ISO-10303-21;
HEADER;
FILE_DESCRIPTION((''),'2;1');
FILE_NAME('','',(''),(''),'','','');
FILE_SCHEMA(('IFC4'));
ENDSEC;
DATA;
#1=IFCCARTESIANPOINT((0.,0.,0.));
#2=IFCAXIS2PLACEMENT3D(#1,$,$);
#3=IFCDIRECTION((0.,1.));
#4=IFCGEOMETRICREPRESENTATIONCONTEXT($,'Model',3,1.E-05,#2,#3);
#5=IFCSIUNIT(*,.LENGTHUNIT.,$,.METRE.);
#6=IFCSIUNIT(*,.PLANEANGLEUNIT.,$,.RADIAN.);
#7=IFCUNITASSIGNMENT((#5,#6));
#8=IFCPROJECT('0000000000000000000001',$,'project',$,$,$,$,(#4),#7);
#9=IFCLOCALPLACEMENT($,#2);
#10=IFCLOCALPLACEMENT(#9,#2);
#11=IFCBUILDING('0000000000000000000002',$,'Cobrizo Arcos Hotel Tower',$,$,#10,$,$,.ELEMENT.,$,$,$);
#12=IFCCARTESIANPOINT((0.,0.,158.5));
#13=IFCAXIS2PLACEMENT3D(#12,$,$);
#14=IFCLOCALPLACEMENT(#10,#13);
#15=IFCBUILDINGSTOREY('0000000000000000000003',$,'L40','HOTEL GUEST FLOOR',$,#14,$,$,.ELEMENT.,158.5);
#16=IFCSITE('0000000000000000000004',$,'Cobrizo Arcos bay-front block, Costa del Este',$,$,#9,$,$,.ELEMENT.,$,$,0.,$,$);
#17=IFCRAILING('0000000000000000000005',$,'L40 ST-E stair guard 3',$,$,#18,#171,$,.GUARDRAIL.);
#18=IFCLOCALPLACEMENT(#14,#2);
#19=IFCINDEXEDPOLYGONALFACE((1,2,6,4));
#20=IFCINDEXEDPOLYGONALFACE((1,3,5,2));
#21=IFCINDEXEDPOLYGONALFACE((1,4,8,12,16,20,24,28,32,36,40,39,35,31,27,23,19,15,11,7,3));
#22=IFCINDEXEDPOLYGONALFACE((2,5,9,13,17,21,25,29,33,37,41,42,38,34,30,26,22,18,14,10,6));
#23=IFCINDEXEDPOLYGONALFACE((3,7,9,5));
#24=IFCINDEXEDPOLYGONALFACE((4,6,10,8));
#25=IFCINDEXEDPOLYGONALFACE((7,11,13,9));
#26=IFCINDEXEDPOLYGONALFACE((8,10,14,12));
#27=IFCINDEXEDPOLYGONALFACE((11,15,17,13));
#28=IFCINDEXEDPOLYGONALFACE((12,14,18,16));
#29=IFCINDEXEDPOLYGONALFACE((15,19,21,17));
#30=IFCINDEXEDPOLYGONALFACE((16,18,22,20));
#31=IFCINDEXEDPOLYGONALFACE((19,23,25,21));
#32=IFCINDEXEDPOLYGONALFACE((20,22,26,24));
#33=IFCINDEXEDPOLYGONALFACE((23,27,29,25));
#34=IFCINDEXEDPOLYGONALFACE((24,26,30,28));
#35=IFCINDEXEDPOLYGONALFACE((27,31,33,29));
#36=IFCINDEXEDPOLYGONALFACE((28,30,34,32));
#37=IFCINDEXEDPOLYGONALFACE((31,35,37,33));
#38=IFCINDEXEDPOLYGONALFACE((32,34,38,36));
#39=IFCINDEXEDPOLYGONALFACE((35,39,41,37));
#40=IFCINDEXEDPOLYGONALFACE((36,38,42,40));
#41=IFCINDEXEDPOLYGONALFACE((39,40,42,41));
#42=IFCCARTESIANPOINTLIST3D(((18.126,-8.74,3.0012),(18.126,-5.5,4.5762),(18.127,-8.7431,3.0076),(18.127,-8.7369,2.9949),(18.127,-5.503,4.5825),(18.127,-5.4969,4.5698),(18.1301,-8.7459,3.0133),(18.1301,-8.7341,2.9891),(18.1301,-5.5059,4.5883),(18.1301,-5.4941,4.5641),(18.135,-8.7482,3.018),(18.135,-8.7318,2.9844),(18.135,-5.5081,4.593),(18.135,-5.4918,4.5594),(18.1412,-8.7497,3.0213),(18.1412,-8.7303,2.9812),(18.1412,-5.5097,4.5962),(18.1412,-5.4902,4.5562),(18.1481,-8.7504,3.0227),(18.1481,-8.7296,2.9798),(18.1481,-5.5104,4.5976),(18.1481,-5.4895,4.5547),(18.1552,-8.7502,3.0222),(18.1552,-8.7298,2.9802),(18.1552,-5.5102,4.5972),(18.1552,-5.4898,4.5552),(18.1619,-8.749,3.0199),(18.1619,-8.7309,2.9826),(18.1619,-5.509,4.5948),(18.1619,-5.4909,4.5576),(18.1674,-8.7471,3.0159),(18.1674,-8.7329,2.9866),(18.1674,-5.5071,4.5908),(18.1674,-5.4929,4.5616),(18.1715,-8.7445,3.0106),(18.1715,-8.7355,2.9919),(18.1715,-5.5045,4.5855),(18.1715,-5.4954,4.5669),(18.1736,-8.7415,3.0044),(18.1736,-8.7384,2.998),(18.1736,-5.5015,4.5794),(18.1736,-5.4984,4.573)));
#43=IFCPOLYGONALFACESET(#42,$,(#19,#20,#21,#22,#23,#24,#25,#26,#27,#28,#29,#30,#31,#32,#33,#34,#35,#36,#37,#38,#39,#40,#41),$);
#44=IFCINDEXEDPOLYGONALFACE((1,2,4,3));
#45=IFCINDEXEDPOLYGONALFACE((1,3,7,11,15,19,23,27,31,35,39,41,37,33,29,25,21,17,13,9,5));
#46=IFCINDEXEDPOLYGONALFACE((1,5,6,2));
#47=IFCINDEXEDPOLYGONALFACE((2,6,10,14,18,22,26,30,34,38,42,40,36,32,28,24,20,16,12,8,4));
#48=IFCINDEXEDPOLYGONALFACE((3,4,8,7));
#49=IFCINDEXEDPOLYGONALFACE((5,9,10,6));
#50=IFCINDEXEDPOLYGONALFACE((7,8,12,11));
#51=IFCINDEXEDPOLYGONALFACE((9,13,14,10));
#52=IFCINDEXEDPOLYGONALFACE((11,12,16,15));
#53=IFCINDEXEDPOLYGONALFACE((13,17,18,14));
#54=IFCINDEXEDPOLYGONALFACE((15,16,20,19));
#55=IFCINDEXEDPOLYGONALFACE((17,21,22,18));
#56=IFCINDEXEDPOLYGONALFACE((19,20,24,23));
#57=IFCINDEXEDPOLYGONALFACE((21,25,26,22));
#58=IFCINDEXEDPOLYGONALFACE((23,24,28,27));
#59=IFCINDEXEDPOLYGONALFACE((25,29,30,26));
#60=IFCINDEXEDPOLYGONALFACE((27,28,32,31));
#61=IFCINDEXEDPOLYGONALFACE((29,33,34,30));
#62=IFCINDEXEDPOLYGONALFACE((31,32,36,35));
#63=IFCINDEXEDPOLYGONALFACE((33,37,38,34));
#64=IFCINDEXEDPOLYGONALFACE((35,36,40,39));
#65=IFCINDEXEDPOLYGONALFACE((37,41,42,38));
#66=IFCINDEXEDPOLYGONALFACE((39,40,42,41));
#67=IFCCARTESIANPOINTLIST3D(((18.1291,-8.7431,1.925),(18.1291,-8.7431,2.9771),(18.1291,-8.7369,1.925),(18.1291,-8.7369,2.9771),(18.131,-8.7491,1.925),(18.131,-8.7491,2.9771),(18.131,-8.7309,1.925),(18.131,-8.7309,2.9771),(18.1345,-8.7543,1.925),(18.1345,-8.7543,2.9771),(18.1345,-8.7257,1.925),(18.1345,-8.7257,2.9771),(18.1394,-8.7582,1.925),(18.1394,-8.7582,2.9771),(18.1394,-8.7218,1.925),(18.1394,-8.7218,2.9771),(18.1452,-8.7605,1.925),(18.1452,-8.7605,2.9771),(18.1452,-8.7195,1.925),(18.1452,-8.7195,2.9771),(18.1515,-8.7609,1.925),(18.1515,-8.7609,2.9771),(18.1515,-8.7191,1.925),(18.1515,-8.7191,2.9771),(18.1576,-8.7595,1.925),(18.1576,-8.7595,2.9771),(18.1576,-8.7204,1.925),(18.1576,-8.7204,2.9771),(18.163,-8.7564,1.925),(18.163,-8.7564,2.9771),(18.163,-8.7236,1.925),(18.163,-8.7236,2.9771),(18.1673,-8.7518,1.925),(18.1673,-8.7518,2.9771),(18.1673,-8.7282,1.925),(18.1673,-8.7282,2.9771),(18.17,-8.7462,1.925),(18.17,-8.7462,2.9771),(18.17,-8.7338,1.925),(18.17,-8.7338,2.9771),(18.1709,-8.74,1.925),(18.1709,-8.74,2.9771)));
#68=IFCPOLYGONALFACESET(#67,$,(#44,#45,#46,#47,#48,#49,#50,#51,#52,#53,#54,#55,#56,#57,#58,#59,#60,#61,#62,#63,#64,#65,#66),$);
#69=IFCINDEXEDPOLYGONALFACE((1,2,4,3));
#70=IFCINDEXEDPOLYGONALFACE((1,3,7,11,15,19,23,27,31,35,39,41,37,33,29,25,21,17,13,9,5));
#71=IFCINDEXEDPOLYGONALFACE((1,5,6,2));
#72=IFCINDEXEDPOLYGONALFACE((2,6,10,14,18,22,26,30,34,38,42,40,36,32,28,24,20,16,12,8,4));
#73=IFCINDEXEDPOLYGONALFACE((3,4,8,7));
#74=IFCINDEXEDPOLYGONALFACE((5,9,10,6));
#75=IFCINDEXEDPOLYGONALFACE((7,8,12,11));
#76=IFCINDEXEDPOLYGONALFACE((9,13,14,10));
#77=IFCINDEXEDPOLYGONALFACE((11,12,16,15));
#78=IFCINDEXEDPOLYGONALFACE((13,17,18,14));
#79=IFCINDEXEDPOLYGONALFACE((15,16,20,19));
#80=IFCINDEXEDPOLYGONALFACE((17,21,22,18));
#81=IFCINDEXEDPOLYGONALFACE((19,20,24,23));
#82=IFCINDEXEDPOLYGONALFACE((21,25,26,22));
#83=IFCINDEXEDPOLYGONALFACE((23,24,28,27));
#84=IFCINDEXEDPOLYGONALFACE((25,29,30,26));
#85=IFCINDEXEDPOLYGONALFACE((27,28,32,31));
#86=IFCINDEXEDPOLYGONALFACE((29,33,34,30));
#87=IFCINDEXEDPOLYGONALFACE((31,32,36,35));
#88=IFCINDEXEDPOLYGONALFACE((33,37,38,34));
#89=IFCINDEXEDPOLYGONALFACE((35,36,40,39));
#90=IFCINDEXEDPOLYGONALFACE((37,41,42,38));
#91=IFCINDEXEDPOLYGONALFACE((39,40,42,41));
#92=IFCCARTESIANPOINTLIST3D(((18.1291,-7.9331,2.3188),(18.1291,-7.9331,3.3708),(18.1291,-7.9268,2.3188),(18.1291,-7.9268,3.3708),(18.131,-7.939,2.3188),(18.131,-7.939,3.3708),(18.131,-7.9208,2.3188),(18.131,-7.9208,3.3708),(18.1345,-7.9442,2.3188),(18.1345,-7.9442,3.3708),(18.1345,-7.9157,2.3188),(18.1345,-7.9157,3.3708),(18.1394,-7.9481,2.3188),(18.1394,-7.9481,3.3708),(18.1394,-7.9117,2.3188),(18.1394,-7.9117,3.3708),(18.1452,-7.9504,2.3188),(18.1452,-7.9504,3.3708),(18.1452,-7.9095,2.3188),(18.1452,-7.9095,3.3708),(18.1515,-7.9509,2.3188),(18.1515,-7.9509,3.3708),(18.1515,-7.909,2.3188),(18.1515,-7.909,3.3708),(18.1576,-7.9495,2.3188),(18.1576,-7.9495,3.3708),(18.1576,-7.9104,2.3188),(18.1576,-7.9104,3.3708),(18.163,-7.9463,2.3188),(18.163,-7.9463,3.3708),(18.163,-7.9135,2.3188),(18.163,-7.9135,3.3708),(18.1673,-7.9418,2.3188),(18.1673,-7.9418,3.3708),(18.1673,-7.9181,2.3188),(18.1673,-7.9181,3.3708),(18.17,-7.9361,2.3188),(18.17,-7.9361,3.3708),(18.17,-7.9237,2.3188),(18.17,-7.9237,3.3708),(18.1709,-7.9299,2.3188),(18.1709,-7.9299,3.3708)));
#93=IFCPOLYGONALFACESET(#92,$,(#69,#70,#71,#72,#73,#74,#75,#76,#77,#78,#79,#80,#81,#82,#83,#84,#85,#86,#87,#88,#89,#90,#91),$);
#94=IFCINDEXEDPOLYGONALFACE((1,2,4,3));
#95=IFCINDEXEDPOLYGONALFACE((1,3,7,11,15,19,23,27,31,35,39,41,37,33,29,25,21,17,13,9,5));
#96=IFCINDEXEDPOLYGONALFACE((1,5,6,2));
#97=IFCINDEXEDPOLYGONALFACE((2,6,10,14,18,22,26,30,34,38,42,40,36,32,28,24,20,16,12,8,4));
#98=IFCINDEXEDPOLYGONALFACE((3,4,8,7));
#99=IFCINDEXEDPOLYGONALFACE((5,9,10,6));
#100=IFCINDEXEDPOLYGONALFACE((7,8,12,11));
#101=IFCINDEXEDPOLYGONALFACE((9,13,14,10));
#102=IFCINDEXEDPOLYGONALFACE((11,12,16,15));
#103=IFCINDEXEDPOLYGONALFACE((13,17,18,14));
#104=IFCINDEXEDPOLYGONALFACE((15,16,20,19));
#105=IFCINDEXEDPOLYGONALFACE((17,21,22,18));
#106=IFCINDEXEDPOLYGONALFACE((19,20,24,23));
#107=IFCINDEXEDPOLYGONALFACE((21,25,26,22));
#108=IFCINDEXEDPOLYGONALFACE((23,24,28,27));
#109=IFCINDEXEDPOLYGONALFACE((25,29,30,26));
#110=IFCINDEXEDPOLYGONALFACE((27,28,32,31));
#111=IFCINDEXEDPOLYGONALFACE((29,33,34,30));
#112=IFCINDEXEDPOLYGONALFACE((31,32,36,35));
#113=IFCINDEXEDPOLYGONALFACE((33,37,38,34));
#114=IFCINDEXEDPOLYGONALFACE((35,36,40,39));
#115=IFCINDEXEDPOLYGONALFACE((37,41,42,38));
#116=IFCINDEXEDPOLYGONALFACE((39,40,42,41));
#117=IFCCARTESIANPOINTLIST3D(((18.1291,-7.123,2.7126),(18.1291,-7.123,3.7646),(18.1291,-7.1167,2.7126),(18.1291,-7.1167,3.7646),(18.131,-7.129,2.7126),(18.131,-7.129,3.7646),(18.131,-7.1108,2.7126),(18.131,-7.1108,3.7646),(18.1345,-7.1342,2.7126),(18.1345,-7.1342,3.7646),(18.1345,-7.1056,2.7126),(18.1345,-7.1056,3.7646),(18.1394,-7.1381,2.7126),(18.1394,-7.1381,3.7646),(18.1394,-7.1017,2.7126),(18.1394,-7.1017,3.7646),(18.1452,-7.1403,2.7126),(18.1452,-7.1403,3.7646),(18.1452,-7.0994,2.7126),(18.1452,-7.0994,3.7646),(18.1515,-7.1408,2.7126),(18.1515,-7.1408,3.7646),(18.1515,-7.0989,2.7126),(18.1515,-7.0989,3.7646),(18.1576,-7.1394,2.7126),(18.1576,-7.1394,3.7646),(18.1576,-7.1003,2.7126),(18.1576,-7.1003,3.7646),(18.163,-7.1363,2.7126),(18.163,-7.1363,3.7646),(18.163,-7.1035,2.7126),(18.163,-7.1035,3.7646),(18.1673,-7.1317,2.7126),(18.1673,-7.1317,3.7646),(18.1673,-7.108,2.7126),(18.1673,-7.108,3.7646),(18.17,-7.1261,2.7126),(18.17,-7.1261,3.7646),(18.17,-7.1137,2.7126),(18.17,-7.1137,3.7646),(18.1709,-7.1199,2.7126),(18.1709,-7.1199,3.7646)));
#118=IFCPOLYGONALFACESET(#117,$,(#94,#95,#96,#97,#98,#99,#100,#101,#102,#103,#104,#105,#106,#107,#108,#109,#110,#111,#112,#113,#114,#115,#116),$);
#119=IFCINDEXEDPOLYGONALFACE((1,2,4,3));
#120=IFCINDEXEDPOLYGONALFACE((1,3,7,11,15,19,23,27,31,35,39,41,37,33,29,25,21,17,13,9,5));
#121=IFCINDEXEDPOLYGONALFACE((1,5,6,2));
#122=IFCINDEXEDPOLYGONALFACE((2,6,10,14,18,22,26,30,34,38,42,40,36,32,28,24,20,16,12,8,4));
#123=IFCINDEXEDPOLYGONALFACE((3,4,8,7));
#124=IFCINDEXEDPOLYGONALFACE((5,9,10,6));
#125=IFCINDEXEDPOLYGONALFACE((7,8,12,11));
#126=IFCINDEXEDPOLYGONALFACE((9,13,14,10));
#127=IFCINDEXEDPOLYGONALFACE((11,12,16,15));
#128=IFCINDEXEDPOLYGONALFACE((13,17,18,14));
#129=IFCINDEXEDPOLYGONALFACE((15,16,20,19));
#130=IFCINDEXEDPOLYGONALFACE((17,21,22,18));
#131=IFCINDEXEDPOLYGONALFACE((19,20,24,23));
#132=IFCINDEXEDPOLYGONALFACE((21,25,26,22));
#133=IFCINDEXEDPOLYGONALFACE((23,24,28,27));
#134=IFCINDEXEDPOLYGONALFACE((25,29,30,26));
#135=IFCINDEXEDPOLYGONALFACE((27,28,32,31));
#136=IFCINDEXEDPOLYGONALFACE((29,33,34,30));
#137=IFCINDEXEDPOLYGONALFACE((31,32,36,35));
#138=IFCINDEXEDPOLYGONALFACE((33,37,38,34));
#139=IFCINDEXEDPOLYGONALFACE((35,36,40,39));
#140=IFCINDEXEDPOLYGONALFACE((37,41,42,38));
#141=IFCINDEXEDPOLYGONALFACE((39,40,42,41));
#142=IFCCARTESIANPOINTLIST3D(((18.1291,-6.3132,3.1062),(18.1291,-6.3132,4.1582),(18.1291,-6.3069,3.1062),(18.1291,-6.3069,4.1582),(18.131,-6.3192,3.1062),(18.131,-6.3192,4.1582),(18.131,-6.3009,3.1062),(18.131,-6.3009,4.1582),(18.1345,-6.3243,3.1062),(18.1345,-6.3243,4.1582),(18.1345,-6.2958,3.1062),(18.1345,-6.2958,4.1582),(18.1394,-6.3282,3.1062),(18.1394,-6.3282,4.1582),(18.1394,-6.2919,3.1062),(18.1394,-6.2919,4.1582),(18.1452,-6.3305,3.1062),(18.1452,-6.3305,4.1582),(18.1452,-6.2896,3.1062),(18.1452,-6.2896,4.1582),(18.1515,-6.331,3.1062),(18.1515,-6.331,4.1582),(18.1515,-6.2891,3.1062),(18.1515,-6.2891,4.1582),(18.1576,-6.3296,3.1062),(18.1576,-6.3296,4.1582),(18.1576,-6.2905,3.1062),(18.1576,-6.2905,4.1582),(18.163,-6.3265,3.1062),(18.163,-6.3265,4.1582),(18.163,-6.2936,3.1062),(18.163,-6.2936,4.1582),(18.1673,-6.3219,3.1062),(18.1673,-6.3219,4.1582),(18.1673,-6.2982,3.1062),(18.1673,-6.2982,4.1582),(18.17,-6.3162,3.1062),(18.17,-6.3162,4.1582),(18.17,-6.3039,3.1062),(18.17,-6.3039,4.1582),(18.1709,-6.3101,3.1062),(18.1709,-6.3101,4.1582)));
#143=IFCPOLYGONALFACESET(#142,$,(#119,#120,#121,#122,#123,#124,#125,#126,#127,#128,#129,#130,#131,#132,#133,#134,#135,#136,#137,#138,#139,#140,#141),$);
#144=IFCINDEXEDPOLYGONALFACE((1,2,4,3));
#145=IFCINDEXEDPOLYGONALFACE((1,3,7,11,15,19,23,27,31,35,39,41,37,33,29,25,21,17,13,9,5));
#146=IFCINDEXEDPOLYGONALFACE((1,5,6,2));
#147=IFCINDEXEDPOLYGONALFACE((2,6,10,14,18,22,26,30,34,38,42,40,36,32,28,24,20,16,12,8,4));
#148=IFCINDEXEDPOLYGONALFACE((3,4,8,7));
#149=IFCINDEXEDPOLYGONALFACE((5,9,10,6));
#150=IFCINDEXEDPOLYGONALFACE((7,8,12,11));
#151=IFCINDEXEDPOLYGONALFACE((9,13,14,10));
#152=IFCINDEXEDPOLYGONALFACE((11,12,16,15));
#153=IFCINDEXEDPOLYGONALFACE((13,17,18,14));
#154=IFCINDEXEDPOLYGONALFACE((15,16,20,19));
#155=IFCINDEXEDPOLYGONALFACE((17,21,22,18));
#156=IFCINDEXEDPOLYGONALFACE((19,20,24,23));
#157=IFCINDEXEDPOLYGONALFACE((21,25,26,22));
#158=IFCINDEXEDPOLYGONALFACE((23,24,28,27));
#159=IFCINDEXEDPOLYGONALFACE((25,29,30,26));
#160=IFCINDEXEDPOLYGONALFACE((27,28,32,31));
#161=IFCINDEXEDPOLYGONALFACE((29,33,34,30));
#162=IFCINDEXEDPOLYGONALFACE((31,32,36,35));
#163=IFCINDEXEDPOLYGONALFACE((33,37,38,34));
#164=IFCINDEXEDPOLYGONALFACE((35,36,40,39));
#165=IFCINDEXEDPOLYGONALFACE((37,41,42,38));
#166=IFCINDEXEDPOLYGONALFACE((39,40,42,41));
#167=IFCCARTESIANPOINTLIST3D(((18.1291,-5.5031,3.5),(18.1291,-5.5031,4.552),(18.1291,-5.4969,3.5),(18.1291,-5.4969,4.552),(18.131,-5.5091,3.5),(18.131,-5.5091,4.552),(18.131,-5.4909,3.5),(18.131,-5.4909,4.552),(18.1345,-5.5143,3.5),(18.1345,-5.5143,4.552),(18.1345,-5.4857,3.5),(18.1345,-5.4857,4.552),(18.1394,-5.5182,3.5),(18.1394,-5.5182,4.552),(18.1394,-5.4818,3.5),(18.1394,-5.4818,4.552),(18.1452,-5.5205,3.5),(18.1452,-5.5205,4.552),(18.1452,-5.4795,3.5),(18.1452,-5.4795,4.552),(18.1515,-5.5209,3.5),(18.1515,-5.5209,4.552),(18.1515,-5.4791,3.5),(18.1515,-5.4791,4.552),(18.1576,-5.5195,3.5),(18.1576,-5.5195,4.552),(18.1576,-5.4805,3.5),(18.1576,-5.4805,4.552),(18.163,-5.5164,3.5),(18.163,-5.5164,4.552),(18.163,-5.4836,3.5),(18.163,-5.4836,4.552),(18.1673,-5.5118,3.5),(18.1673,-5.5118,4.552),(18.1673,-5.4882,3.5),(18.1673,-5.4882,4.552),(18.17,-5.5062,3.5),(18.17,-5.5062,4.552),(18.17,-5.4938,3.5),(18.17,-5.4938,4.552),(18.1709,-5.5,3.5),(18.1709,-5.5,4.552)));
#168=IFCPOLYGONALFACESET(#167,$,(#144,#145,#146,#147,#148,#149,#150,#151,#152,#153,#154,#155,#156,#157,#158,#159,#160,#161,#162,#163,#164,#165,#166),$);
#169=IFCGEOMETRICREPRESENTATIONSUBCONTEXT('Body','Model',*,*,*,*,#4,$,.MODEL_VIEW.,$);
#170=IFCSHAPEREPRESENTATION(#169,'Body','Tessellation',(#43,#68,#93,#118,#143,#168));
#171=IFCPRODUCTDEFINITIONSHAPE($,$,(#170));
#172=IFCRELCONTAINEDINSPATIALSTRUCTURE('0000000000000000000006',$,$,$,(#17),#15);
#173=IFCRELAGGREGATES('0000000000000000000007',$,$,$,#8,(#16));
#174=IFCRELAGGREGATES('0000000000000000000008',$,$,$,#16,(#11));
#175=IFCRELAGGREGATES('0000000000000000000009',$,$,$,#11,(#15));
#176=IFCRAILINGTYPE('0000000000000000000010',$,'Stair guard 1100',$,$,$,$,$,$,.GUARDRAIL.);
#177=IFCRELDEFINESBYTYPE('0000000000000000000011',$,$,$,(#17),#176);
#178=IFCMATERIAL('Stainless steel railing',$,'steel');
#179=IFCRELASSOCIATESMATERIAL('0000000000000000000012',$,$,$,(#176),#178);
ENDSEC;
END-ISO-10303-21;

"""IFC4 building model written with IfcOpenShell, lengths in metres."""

from ifc_helpers import new_model, si_unit, direction, frame, origin, origin_2d, place, context, subcontext, project, spatial, circle, extrude, material, type_object, element, save


model = new_model("IFC4")

# Units and contexts
model_context = context("Model", 3, precision=1e-05, world=origin(), true_north=direction((0.0, 1.0)))
body_context = subcontext(model_context, "Body", "Model", "MODEL_VIEW")
ifc_project = project(units=[si_unit("LENGTHUNIT", "METRE"), si_unit("PLANEANGLEUNIT", "RADIAN")], contexts=[model_context])

# Site, building, storey
site_placement = place(None, origin())
site = spatial("IfcSite", under=ifc_project, at=site_placement, Name="Cobrizo Arcos bay-front block, Costa del Este", CompositionType="ELEMENT", RefElevation=0.0)
building_placement = place(site_placement, origin())
building = spatial("IfcBuilding", under=site, at=building_placement, Name="Cobrizo Arcos Hotel Tower", CompositionType="ELEMENT")
storey_placement = place(building_placement, frame((0.0, 0.0, 158.5)))
storey = spatial("IfcBuildingStorey", under=building, at=storey_placement, Name="L40", Description="HOTEL GUEST FLOOR", CompositionType="ELEMENT", Elevation=158.5)

# Railing
ifc_material_1 = material(Name="Stainless steel railing", Category="steel")
railing_type_1 = type_object("IfcRailingType", Name="Stair guard 1100", PredefinedType="GUARDRAIL", material=ifc_material_1)
railing_1_placement = place(storey_placement, frame((18.1499, -8.74, 1.925)))
element("IfcRailing", 1, at=railing_1_placement, inside=storey, type_object=railing_type_1, Name="L40 ST-E stair guard 3", PredefinedType="GUARDRAIL", context=body_context, shape_type="SweptSolid", body=[
    extrude(circle(Radius=0.0239, at=origin_2d()), frame((0.0, 0.0, 1.0762), z_axis=(0.0, 0.899373, 0.437183), x_axis=(-1.0, 0.0, 0.0)), (0.0, 0.0, 1.0), 3.6025),
    extrude(circle(Radius=0.021, at=origin_2d()), origin(), (0.0, 0.0, 1.0), 1.052),
    extrude(circle(Radius=0.021, at=origin_2d()), frame((0.0, 0.8101, 0.3938)), (0.0, 0.0, 1.0), 1.052),
    extrude(circle(Radius=0.021, at=origin_2d()), frame((0.0, 1.6201, 0.7876)), (0.0, 0.0, 1.0), 1.052),
    extrude(circle(Radius=0.021, at=origin_2d()), frame((0.0, 2.4299, 1.1812)), (0.0, 0.0, 1.0), 1.052),
    extrude(circle(Radius=0.021, at=origin_2d()), frame((0.0, 3.24, 1.575)), (0.0, 0.0, 1.0), 1.052),
])

save(model, "model.ifc")
